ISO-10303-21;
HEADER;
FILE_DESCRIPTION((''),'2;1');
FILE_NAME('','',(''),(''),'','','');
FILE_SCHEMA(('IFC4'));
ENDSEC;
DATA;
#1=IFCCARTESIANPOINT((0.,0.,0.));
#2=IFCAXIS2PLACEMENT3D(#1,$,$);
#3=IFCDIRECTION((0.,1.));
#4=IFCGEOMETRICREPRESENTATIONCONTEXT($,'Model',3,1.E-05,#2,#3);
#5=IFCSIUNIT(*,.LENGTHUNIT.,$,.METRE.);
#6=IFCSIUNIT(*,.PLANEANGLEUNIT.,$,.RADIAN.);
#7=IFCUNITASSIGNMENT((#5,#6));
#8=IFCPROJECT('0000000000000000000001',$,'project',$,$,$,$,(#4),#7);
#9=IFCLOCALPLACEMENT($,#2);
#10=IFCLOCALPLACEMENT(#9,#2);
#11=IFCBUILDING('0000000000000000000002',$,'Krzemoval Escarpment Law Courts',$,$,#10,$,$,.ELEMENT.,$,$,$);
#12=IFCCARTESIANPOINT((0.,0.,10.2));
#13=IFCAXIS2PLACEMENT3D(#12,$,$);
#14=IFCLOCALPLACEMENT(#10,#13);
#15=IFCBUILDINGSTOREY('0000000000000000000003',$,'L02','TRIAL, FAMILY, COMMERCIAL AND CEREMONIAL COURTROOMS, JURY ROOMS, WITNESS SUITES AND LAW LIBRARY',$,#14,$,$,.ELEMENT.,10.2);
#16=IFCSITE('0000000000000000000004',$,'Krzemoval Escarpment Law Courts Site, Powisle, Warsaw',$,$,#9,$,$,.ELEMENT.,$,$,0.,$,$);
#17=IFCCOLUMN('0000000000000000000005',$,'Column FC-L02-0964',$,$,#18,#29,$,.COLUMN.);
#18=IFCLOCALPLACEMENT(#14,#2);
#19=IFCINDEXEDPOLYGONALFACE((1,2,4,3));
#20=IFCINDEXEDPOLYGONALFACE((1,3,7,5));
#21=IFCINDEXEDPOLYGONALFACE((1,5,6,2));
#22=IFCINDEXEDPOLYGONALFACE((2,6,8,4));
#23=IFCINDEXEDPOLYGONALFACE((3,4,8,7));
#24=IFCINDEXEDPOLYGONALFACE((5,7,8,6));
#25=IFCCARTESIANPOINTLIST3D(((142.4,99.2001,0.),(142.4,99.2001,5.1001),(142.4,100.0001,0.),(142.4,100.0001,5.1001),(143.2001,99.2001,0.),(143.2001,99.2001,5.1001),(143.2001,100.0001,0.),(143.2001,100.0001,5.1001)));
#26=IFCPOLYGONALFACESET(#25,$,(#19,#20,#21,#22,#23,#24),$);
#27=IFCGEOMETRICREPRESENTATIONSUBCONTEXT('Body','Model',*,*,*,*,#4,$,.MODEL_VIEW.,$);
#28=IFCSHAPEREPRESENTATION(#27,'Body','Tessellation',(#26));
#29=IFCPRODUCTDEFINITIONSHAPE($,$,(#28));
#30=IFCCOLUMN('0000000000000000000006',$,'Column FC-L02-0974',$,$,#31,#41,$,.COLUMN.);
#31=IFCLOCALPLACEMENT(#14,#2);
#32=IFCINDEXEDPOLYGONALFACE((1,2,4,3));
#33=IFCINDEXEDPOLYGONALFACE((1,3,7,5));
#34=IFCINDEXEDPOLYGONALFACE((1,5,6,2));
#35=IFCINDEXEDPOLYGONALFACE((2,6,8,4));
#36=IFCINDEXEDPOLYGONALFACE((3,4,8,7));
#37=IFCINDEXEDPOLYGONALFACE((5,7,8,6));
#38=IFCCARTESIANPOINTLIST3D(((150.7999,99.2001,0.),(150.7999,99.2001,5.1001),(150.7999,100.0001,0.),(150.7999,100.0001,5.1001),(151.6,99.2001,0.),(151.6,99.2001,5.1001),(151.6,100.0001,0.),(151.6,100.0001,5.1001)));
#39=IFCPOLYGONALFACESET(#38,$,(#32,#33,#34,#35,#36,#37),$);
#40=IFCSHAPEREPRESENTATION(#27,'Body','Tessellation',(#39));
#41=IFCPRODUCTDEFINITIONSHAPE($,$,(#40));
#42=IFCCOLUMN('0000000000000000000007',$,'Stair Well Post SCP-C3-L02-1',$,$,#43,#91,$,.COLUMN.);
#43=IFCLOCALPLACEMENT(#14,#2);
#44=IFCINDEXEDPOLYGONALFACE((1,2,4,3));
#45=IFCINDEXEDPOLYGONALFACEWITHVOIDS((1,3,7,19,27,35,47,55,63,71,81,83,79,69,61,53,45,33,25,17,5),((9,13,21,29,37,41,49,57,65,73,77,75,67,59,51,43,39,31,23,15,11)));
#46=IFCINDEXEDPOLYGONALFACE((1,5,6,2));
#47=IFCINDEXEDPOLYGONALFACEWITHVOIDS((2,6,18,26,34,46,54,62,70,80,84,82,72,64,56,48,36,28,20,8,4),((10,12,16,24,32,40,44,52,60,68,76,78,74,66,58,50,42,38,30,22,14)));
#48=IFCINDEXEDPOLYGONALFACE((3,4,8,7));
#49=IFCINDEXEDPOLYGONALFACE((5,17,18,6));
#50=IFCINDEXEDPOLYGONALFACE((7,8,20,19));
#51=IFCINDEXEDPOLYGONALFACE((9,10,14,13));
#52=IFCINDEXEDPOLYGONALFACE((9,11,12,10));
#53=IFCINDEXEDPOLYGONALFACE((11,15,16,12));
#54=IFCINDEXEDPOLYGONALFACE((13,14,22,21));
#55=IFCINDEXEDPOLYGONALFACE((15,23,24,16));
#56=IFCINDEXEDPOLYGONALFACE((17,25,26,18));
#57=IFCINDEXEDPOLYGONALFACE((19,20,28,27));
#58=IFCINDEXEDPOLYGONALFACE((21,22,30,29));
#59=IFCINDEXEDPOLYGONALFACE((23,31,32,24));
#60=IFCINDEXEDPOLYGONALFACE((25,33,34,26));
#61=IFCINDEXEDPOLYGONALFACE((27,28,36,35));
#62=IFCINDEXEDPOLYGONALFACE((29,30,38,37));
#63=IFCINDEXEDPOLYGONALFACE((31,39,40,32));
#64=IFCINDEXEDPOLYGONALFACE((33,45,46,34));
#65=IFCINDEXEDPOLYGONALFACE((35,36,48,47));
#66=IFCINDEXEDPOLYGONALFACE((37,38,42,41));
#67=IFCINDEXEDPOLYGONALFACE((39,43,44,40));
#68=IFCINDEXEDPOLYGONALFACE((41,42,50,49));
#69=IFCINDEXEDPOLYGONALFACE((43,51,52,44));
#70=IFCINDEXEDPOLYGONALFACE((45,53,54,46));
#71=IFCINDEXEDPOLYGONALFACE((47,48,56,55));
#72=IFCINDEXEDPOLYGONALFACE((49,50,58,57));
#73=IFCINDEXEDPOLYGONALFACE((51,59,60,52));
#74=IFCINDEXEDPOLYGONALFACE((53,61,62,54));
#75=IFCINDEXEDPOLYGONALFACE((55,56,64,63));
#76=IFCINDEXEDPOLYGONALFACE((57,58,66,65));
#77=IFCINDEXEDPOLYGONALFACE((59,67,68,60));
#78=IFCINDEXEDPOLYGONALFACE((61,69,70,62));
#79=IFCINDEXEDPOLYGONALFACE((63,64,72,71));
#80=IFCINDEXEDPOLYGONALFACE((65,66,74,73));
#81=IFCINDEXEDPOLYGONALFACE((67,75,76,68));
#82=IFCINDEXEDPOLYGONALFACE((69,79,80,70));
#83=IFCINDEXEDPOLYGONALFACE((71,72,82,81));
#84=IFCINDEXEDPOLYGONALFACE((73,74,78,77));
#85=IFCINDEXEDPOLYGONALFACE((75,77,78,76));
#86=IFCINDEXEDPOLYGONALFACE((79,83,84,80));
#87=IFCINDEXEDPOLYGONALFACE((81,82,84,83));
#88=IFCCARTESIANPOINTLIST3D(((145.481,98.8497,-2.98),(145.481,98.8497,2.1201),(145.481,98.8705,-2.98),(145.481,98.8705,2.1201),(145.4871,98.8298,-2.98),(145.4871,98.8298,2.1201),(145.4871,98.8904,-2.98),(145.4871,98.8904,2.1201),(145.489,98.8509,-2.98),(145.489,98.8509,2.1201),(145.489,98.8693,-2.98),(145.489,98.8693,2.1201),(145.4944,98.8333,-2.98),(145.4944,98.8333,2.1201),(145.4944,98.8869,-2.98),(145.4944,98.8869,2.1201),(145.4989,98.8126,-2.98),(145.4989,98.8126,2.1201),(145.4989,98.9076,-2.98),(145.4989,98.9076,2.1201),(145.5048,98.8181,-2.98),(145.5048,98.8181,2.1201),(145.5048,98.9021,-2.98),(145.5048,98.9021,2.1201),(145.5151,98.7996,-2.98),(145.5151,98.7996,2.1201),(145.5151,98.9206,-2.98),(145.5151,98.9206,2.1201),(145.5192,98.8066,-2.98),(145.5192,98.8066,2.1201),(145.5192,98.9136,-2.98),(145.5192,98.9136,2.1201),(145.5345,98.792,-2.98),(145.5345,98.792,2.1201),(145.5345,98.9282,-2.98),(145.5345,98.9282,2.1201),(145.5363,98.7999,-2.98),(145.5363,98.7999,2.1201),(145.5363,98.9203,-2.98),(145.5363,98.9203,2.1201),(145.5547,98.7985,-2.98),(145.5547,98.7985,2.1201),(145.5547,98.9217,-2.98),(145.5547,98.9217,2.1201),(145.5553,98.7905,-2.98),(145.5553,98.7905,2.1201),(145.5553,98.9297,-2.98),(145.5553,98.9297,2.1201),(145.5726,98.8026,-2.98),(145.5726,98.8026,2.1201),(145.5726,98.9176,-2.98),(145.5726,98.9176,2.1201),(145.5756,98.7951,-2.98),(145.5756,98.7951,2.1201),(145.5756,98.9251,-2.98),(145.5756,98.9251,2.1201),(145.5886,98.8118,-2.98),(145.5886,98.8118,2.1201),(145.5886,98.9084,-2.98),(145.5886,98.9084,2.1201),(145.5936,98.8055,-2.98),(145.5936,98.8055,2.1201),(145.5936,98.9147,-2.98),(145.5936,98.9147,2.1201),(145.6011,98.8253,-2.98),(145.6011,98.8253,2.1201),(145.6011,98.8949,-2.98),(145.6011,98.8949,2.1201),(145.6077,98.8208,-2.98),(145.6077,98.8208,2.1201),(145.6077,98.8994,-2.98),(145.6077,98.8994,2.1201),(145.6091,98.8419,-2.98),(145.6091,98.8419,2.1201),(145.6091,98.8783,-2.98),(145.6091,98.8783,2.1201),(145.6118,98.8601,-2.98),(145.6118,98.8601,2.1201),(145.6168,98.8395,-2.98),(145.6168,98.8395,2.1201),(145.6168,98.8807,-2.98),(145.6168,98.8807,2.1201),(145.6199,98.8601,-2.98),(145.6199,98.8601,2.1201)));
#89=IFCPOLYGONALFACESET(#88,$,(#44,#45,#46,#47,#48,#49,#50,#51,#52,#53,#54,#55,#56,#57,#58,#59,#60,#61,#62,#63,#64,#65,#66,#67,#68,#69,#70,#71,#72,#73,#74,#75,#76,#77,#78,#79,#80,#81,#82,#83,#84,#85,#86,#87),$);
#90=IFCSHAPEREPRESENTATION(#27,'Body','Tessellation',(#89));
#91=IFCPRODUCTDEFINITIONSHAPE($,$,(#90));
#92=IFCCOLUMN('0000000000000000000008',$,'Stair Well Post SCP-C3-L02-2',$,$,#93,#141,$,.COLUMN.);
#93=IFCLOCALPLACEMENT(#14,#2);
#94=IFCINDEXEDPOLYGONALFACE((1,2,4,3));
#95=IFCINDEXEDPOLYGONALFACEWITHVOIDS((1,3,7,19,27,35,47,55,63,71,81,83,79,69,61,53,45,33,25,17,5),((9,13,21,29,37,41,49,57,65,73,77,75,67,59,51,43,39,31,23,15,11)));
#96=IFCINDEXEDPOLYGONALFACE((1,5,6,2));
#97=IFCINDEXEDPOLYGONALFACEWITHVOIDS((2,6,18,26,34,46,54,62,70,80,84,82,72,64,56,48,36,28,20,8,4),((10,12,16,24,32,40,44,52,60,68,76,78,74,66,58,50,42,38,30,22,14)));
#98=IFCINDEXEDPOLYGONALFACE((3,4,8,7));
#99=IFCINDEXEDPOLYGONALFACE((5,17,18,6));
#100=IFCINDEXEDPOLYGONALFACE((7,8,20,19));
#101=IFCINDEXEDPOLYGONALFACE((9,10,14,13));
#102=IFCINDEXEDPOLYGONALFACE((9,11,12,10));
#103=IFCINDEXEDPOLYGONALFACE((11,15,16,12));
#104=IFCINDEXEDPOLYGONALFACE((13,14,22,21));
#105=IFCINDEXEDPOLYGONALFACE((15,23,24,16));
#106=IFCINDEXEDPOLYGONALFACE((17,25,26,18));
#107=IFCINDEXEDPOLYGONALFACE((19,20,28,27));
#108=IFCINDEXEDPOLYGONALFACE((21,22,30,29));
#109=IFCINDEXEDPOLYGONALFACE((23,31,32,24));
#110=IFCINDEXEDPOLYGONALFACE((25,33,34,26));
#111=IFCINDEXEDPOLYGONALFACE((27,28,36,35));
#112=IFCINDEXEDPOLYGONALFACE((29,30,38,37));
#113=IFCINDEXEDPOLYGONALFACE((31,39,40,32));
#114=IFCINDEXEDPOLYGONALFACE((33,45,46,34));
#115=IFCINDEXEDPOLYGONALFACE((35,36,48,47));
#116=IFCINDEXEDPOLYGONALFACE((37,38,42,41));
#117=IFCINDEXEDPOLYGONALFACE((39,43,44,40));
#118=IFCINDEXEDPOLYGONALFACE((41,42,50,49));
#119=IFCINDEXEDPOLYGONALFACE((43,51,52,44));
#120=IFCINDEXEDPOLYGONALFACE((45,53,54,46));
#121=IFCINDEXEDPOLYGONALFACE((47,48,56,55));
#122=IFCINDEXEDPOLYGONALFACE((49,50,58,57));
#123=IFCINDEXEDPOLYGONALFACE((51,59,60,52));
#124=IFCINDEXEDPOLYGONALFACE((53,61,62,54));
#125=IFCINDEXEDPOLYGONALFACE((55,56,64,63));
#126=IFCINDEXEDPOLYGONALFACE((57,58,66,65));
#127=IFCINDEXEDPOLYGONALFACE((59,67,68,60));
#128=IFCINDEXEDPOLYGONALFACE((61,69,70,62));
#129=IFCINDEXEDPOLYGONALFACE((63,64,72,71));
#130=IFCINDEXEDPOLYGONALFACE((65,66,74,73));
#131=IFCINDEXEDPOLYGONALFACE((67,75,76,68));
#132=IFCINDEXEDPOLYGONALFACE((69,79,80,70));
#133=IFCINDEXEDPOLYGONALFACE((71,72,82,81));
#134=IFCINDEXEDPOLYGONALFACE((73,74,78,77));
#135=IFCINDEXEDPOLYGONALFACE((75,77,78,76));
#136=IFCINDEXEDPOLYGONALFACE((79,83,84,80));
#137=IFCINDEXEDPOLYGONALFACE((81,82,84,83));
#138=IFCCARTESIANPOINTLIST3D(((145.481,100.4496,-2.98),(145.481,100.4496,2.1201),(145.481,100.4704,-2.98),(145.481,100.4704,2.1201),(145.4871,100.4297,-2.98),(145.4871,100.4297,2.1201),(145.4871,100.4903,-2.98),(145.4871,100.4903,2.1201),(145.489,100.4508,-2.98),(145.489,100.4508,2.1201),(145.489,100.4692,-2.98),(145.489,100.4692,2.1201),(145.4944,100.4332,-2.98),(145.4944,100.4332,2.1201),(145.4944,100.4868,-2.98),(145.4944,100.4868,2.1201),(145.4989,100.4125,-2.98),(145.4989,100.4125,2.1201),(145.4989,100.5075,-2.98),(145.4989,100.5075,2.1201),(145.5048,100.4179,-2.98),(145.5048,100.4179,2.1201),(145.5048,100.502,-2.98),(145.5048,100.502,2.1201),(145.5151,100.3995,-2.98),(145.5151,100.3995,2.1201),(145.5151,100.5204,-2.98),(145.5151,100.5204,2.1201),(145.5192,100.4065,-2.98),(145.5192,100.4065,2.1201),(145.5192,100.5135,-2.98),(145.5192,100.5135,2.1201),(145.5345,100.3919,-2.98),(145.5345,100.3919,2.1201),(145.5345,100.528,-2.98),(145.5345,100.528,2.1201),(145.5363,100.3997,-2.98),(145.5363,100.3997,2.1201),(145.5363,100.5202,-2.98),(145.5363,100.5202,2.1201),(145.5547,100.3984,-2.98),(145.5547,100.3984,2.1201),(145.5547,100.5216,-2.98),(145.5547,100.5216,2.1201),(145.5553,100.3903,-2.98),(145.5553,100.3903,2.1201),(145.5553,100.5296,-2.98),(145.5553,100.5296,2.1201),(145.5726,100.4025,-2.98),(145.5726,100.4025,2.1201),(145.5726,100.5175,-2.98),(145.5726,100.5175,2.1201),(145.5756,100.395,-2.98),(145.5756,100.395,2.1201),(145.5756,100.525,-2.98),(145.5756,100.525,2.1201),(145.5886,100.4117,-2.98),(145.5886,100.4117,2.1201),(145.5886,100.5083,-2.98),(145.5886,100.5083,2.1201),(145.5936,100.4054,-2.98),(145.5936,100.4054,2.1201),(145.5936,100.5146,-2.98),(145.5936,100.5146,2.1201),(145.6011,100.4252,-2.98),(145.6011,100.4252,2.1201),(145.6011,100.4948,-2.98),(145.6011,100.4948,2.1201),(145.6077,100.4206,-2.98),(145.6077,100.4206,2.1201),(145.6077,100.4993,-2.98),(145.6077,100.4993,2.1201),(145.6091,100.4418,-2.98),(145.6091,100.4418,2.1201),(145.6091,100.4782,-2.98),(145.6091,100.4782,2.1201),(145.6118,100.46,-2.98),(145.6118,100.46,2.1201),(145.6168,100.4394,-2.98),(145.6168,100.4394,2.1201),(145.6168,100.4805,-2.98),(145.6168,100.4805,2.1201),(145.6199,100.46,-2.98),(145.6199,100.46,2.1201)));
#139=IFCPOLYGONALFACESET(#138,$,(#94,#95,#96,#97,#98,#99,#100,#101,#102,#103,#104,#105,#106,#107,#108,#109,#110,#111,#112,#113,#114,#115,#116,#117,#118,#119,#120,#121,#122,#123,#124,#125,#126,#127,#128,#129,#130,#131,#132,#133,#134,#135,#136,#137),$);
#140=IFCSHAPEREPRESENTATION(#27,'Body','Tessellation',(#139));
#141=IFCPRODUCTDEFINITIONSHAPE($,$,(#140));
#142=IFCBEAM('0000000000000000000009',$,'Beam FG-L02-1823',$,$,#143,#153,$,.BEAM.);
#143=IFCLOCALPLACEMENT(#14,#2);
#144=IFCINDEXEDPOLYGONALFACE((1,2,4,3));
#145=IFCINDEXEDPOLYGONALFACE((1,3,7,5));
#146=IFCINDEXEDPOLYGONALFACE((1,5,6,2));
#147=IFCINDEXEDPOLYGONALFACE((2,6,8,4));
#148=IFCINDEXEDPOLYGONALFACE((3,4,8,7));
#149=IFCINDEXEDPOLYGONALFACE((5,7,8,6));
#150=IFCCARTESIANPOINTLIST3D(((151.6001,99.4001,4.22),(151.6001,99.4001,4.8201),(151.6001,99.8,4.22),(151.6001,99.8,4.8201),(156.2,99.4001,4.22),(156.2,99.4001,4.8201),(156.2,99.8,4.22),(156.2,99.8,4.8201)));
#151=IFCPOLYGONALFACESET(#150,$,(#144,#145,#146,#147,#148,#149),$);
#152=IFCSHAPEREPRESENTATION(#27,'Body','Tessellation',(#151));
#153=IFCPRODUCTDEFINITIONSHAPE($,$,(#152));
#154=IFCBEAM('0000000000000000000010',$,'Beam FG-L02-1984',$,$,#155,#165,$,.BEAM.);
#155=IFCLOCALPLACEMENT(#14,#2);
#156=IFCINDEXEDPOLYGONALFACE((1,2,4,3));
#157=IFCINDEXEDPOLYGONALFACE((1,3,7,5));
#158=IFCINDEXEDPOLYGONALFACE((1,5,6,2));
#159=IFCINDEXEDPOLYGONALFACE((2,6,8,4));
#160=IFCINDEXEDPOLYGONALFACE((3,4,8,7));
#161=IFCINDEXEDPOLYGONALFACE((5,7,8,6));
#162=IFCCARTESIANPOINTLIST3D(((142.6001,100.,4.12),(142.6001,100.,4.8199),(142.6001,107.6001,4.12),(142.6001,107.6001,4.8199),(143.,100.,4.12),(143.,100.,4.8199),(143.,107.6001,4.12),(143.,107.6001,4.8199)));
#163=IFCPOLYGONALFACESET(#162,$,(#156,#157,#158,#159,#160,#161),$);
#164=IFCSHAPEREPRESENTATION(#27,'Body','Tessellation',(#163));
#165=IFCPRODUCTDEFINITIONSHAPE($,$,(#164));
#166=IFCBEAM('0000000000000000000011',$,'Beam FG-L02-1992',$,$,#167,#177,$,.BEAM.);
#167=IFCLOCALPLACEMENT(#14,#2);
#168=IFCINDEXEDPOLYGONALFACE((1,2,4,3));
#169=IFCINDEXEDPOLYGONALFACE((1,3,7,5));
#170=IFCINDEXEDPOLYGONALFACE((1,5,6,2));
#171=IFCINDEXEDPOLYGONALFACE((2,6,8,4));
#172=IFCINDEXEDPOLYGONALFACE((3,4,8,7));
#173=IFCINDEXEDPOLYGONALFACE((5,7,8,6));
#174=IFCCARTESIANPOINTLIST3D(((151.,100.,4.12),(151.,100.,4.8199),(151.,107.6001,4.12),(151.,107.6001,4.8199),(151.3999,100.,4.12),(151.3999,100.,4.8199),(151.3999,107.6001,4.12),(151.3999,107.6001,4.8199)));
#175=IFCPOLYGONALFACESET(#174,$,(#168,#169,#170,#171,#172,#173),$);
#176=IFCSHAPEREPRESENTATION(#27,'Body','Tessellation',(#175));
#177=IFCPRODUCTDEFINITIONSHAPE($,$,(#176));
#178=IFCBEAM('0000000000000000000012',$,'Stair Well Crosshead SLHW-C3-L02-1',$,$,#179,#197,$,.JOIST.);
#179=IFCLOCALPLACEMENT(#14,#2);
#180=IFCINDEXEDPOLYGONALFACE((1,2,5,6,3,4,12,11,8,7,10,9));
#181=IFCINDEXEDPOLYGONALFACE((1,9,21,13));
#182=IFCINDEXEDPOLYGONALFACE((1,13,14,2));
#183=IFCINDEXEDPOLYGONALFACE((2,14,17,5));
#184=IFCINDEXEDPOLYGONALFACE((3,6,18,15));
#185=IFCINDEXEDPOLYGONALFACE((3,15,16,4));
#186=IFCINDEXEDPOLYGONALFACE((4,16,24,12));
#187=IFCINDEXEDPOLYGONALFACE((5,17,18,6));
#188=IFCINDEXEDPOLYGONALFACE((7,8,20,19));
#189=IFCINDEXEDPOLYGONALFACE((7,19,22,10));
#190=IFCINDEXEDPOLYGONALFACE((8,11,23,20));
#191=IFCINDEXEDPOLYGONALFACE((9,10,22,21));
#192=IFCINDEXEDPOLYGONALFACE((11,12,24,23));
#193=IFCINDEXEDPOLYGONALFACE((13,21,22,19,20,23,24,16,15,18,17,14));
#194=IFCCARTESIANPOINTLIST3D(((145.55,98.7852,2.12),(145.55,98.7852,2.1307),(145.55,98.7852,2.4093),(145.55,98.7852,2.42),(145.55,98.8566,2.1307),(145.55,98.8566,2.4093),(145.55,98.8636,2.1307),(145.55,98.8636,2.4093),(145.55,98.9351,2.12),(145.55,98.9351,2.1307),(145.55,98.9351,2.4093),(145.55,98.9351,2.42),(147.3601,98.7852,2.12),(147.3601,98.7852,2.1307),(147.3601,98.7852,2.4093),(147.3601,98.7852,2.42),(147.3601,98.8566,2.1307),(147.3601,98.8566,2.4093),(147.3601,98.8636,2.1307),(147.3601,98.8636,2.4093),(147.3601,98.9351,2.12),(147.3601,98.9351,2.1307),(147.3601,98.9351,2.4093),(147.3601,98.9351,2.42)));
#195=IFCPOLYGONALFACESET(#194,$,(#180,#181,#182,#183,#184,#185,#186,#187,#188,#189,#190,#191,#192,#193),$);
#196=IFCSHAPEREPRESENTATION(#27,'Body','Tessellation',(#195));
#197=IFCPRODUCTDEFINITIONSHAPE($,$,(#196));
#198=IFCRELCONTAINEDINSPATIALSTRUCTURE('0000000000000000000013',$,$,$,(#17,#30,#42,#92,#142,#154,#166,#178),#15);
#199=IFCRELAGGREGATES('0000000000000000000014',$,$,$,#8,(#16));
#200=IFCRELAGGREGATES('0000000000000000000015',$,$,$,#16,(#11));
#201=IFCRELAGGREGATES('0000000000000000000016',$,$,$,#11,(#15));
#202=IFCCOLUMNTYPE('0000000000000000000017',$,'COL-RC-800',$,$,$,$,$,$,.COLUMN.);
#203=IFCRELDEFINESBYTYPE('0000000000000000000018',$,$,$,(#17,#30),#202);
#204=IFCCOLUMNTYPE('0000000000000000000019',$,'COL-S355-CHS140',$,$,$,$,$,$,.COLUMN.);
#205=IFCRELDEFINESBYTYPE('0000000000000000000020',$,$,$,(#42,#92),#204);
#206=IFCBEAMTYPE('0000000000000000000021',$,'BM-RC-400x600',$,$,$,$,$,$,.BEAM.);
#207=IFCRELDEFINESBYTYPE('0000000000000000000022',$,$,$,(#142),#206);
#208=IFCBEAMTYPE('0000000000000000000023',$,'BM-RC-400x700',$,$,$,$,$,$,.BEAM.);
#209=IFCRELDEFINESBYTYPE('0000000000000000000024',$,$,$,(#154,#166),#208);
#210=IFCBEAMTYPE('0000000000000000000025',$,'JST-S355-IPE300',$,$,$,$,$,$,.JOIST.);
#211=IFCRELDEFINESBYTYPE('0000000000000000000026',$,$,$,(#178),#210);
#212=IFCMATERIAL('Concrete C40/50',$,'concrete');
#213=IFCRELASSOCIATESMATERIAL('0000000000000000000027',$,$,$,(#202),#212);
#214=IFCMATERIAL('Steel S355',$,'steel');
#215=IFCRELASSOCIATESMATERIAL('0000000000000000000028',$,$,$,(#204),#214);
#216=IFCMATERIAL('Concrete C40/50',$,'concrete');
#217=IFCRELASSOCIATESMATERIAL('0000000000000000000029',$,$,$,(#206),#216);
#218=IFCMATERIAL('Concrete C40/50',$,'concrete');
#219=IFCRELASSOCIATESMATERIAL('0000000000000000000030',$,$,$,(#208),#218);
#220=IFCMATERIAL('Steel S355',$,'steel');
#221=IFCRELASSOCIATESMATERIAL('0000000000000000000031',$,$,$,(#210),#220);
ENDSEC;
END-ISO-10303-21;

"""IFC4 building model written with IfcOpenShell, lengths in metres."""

from ifc_helpers import new_model, si_unit, direction, frame, origin, origin_2d, place, context, subcontext, project, spatial, rectangle, hollow_circle, i_section, extrude, material, material_profile, profile_set, type_object, element, save


model = new_model("IFC4")

# Units and contexts
model_context = context("Model", 3, precision=1e-05, world=origin(), true_north=direction((0.0, 1.0)))
body_context = subcontext(model_context, "Body", "Model", "MODEL_VIEW")
ifc_project = project(units=[si_unit("LENGTHUNIT", "METRE"), si_unit("PLANEANGLEUNIT", "RADIAN")], contexts=[model_context])

# Site, building, storey
site_placement = place(None, origin())
site = spatial("IfcSite", under=ifc_project, at=site_placement, Name="Krzemoval Escarpment Law Courts Site, Powisle, Warsaw", CompositionType="ELEMENT", RefElevation=0.0)
building_placement = place(site_placement, origin())
building = spatial("IfcBuilding", under=site, at=building_placement, Name="Krzemoval Escarpment Law Courts", CompositionType="ELEMENT")
storey_placement = place(building_placement, frame((0.0, 0.0, 10.2)))
storey = spatial("IfcBuildingStorey", under=building, at=storey_placement, Name="L02", Description="TRIAL, FAMILY, COMMERCIAL AND CEREMONIAL COURTROOMS, JURY ROOMS, WITNESS SUITES AND LAW LIBRARY", CompositionType="ELEMENT", Elevation=10.2)

# Columns
ifc_material_1 = material(Name="Concrete C40/50", Category="concrete")
ifc_material_profile_1 = material_profile(ifc_material_1, rectangle(XDim=0.8, YDim=0.8, at=origin_2d()), Name="RC 800x800")
ifc_profile_set_1 = profile_set([ifc_material_profile_1], Name="Concrete C40/50")
column_type_1 = type_object("IfcColumnType", Name="COL-RC-800", PredefinedType="COLUMN", material=ifc_profile_set_1)
for number, where, z_axis, x_axis, name in (
    (1, (142.8, 99.6001, 0.0), (0.0, 0.0, 1.0), (1.0, 0.0, 0.0), "Column FC-L02-0964"),
    (2, (151.2, 99.6001, 0.0), (0.0, 0.0, 1.0), (1.0, 0.0, 0.0), "Column FC-L02-0974"),
):
    element("IfcColumn", number, at=place(storey_placement, frame(where, z_axis=z_axis, x_axis=x_axis)), inside=storey, type_object=column_type_1, Name=name, PredefinedType="COLUMN", context=body_context, shape_type="SweptSolid", body=[
        extrude(rectangle(XDim=0.8, YDim=0.8, at=origin_2d()), origin(), (0.0, 0.0, 1.0), 5.1001),
    ])
ifc_material_2 = material(Name="Steel S355", Category="steel")
ifc_material_profile_2 = material_profile(ifc_material_2, hollow_circle(Radius=0.0698, WallThickness=0.0081, at=origin_2d()), Name="CHS 139.7x8")
ifc_profile_set_2 = profile_set([ifc_material_profile_2], Name="Steel S355")
column_type_2 = type_object("IfcColumnType", Name="COL-S355-CHS140", PredefinedType="COLUMN", material=ifc_profile_set_2)
for number, where, z_axis, x_axis, name in (
    (3, (145.55, 98.8601, -2.98), (0.0, 0.0, 1.0), (1.0, 0.0, 0.0), "Stair Well Post SCP-C3-L02-1"),
    (4, (145.55, 100.46, -2.98), (0.0, 0.0, 1.0), (1.0, 0.0, 0.0), "Stair Well Post SCP-C3-L02-2"),
):
    element("IfcColumn", number, at=place(storey_placement, frame(where, z_axis=z_axis, x_axis=x_axis)), inside=storey, type_object=column_type_2, Name=name, PredefinedType="COLUMN", context=body_context, shape_type="SweptSolid", body=[
        extrude(hollow_circle(Radius=0.0698, WallThickness=0.0081, at=origin_2d()), origin(), (0.0, 0.0, 1.0), 5.1001),
    ])

# Beams
ifc_material_3 = material(Name="Concrete C40/50", Category="concrete")
ifc_material_profile_3 = material_profile(ifc_material_3, rectangle(XDim=0.3999, YDim=0.6001, at=origin_2d()), Name="RCB 400x600")
ifc_profile_set_3 = profile_set([ifc_material_profile_3], Name="Concrete C40/50")
beam_type_1 = type_object("IfcBeamType", Name="BM-RC-400x600", PredefinedType="BEAM", material=ifc_profile_set_3)
beam_1_placement = place(storey_placement, frame((151.6001, 99.6001, 4.52), z_axis=(1.0, 0.0, 0.0), x_axis=(0.0, 1.0, 0.0)))
element("IfcBeam", 5, at=beam_1_placement, inside=storey, type_object=beam_type_1, Name="Beam FG-L02-1823", PredefinedType="BEAM", context=body_context, shape_type="SweptSolid", body=[
    extrude(rectangle(XDim=0.3999, YDim=0.6001, at=origin_2d()), origin(), (0.0, 0.0, 1.0), 4.5999),
])
ifc_material_4 = material(Name="Concrete C40/50", Category="concrete")
ifc_material_profile_4 = material_profile(ifc_material_4, rectangle(XDim=0.3999, YDim=0.7, at=origin_2d()), Name="RCB 400x700")
ifc_profile_set_4 = profile_set([ifc_material_profile_4], Name="Concrete C40/50")
beam_type_2 = type_object("IfcBeamType", Name="BM-RC-400x700", PredefinedType="BEAM", material=ifc_profile_set_4)
for number, where, z_axis, x_axis, name in (
    (6, (142.8, 100.0, 4.47), (0.0, 1.0, 0.0), (-1.0, 0.0, 0.0), "Beam FG-L02-1984"),
    (7, (151.2, 100.0, 4.47), (0.0, 1.0, 0.0), (-1.0, 0.0, 0.0), "Beam FG-L02-1992"),
):
    element("IfcBeam", number, at=place(storey_placement, frame(where, z_axis=z_axis, x_axis=x_axis)), inside=storey, type_object=beam_type_2, Name=name, PredefinedType="BEAM", context=body_context, shape_type="SweptSolid", body=[
        extrude(rectangle(XDim=0.3999, YDim=0.7, at=origin_2d()), origin(), (0.0, 0.0, 1.0), 7.6001),
    ])
ifc_material_5 = material(Name="Steel S355", Category="steel")
ifc_material_profile_5 = material_profile(ifc_material_5, i_section(OverallWidth=0.1499, OverallDepth=0.3, WebThickness=0.0071, FlangeThickness=0.0107, at=origin_2d()), Name="IPE 300")
ifc_profile_set_5 = profile_set([ifc_material_profile_5], Name="Steel S355")
beam_type_3 = type_object("IfcBeamType", Name="JST-S355-IPE300", PredefinedType="JOIST", material=ifc_profile_set_5)
beam_2_placement = place(storey_placement, frame((145.55, 98.8601, 2.27), z_axis=(1.0, 0.0, 0.0), x_axis=(0.0, 1.0, 0.0)))
element("IfcBeam", 8, at=beam_2_placement, inside=storey, type_object=beam_type_3, Name="Stair Well Crosshead SLHW-C3-L02-1", PredefinedType="JOIST", context=body_context, shape_type="SweptSolid", body=[
    extrude(i_section(OverallWidth=0.1499, OverallDepth=0.3, WebThickness=0.0071, FlangeThickness=0.0107, at=origin_2d()), origin(), (0.0, 0.0, 1.0), 1.8101),
])

save(model, "model.ifc")
